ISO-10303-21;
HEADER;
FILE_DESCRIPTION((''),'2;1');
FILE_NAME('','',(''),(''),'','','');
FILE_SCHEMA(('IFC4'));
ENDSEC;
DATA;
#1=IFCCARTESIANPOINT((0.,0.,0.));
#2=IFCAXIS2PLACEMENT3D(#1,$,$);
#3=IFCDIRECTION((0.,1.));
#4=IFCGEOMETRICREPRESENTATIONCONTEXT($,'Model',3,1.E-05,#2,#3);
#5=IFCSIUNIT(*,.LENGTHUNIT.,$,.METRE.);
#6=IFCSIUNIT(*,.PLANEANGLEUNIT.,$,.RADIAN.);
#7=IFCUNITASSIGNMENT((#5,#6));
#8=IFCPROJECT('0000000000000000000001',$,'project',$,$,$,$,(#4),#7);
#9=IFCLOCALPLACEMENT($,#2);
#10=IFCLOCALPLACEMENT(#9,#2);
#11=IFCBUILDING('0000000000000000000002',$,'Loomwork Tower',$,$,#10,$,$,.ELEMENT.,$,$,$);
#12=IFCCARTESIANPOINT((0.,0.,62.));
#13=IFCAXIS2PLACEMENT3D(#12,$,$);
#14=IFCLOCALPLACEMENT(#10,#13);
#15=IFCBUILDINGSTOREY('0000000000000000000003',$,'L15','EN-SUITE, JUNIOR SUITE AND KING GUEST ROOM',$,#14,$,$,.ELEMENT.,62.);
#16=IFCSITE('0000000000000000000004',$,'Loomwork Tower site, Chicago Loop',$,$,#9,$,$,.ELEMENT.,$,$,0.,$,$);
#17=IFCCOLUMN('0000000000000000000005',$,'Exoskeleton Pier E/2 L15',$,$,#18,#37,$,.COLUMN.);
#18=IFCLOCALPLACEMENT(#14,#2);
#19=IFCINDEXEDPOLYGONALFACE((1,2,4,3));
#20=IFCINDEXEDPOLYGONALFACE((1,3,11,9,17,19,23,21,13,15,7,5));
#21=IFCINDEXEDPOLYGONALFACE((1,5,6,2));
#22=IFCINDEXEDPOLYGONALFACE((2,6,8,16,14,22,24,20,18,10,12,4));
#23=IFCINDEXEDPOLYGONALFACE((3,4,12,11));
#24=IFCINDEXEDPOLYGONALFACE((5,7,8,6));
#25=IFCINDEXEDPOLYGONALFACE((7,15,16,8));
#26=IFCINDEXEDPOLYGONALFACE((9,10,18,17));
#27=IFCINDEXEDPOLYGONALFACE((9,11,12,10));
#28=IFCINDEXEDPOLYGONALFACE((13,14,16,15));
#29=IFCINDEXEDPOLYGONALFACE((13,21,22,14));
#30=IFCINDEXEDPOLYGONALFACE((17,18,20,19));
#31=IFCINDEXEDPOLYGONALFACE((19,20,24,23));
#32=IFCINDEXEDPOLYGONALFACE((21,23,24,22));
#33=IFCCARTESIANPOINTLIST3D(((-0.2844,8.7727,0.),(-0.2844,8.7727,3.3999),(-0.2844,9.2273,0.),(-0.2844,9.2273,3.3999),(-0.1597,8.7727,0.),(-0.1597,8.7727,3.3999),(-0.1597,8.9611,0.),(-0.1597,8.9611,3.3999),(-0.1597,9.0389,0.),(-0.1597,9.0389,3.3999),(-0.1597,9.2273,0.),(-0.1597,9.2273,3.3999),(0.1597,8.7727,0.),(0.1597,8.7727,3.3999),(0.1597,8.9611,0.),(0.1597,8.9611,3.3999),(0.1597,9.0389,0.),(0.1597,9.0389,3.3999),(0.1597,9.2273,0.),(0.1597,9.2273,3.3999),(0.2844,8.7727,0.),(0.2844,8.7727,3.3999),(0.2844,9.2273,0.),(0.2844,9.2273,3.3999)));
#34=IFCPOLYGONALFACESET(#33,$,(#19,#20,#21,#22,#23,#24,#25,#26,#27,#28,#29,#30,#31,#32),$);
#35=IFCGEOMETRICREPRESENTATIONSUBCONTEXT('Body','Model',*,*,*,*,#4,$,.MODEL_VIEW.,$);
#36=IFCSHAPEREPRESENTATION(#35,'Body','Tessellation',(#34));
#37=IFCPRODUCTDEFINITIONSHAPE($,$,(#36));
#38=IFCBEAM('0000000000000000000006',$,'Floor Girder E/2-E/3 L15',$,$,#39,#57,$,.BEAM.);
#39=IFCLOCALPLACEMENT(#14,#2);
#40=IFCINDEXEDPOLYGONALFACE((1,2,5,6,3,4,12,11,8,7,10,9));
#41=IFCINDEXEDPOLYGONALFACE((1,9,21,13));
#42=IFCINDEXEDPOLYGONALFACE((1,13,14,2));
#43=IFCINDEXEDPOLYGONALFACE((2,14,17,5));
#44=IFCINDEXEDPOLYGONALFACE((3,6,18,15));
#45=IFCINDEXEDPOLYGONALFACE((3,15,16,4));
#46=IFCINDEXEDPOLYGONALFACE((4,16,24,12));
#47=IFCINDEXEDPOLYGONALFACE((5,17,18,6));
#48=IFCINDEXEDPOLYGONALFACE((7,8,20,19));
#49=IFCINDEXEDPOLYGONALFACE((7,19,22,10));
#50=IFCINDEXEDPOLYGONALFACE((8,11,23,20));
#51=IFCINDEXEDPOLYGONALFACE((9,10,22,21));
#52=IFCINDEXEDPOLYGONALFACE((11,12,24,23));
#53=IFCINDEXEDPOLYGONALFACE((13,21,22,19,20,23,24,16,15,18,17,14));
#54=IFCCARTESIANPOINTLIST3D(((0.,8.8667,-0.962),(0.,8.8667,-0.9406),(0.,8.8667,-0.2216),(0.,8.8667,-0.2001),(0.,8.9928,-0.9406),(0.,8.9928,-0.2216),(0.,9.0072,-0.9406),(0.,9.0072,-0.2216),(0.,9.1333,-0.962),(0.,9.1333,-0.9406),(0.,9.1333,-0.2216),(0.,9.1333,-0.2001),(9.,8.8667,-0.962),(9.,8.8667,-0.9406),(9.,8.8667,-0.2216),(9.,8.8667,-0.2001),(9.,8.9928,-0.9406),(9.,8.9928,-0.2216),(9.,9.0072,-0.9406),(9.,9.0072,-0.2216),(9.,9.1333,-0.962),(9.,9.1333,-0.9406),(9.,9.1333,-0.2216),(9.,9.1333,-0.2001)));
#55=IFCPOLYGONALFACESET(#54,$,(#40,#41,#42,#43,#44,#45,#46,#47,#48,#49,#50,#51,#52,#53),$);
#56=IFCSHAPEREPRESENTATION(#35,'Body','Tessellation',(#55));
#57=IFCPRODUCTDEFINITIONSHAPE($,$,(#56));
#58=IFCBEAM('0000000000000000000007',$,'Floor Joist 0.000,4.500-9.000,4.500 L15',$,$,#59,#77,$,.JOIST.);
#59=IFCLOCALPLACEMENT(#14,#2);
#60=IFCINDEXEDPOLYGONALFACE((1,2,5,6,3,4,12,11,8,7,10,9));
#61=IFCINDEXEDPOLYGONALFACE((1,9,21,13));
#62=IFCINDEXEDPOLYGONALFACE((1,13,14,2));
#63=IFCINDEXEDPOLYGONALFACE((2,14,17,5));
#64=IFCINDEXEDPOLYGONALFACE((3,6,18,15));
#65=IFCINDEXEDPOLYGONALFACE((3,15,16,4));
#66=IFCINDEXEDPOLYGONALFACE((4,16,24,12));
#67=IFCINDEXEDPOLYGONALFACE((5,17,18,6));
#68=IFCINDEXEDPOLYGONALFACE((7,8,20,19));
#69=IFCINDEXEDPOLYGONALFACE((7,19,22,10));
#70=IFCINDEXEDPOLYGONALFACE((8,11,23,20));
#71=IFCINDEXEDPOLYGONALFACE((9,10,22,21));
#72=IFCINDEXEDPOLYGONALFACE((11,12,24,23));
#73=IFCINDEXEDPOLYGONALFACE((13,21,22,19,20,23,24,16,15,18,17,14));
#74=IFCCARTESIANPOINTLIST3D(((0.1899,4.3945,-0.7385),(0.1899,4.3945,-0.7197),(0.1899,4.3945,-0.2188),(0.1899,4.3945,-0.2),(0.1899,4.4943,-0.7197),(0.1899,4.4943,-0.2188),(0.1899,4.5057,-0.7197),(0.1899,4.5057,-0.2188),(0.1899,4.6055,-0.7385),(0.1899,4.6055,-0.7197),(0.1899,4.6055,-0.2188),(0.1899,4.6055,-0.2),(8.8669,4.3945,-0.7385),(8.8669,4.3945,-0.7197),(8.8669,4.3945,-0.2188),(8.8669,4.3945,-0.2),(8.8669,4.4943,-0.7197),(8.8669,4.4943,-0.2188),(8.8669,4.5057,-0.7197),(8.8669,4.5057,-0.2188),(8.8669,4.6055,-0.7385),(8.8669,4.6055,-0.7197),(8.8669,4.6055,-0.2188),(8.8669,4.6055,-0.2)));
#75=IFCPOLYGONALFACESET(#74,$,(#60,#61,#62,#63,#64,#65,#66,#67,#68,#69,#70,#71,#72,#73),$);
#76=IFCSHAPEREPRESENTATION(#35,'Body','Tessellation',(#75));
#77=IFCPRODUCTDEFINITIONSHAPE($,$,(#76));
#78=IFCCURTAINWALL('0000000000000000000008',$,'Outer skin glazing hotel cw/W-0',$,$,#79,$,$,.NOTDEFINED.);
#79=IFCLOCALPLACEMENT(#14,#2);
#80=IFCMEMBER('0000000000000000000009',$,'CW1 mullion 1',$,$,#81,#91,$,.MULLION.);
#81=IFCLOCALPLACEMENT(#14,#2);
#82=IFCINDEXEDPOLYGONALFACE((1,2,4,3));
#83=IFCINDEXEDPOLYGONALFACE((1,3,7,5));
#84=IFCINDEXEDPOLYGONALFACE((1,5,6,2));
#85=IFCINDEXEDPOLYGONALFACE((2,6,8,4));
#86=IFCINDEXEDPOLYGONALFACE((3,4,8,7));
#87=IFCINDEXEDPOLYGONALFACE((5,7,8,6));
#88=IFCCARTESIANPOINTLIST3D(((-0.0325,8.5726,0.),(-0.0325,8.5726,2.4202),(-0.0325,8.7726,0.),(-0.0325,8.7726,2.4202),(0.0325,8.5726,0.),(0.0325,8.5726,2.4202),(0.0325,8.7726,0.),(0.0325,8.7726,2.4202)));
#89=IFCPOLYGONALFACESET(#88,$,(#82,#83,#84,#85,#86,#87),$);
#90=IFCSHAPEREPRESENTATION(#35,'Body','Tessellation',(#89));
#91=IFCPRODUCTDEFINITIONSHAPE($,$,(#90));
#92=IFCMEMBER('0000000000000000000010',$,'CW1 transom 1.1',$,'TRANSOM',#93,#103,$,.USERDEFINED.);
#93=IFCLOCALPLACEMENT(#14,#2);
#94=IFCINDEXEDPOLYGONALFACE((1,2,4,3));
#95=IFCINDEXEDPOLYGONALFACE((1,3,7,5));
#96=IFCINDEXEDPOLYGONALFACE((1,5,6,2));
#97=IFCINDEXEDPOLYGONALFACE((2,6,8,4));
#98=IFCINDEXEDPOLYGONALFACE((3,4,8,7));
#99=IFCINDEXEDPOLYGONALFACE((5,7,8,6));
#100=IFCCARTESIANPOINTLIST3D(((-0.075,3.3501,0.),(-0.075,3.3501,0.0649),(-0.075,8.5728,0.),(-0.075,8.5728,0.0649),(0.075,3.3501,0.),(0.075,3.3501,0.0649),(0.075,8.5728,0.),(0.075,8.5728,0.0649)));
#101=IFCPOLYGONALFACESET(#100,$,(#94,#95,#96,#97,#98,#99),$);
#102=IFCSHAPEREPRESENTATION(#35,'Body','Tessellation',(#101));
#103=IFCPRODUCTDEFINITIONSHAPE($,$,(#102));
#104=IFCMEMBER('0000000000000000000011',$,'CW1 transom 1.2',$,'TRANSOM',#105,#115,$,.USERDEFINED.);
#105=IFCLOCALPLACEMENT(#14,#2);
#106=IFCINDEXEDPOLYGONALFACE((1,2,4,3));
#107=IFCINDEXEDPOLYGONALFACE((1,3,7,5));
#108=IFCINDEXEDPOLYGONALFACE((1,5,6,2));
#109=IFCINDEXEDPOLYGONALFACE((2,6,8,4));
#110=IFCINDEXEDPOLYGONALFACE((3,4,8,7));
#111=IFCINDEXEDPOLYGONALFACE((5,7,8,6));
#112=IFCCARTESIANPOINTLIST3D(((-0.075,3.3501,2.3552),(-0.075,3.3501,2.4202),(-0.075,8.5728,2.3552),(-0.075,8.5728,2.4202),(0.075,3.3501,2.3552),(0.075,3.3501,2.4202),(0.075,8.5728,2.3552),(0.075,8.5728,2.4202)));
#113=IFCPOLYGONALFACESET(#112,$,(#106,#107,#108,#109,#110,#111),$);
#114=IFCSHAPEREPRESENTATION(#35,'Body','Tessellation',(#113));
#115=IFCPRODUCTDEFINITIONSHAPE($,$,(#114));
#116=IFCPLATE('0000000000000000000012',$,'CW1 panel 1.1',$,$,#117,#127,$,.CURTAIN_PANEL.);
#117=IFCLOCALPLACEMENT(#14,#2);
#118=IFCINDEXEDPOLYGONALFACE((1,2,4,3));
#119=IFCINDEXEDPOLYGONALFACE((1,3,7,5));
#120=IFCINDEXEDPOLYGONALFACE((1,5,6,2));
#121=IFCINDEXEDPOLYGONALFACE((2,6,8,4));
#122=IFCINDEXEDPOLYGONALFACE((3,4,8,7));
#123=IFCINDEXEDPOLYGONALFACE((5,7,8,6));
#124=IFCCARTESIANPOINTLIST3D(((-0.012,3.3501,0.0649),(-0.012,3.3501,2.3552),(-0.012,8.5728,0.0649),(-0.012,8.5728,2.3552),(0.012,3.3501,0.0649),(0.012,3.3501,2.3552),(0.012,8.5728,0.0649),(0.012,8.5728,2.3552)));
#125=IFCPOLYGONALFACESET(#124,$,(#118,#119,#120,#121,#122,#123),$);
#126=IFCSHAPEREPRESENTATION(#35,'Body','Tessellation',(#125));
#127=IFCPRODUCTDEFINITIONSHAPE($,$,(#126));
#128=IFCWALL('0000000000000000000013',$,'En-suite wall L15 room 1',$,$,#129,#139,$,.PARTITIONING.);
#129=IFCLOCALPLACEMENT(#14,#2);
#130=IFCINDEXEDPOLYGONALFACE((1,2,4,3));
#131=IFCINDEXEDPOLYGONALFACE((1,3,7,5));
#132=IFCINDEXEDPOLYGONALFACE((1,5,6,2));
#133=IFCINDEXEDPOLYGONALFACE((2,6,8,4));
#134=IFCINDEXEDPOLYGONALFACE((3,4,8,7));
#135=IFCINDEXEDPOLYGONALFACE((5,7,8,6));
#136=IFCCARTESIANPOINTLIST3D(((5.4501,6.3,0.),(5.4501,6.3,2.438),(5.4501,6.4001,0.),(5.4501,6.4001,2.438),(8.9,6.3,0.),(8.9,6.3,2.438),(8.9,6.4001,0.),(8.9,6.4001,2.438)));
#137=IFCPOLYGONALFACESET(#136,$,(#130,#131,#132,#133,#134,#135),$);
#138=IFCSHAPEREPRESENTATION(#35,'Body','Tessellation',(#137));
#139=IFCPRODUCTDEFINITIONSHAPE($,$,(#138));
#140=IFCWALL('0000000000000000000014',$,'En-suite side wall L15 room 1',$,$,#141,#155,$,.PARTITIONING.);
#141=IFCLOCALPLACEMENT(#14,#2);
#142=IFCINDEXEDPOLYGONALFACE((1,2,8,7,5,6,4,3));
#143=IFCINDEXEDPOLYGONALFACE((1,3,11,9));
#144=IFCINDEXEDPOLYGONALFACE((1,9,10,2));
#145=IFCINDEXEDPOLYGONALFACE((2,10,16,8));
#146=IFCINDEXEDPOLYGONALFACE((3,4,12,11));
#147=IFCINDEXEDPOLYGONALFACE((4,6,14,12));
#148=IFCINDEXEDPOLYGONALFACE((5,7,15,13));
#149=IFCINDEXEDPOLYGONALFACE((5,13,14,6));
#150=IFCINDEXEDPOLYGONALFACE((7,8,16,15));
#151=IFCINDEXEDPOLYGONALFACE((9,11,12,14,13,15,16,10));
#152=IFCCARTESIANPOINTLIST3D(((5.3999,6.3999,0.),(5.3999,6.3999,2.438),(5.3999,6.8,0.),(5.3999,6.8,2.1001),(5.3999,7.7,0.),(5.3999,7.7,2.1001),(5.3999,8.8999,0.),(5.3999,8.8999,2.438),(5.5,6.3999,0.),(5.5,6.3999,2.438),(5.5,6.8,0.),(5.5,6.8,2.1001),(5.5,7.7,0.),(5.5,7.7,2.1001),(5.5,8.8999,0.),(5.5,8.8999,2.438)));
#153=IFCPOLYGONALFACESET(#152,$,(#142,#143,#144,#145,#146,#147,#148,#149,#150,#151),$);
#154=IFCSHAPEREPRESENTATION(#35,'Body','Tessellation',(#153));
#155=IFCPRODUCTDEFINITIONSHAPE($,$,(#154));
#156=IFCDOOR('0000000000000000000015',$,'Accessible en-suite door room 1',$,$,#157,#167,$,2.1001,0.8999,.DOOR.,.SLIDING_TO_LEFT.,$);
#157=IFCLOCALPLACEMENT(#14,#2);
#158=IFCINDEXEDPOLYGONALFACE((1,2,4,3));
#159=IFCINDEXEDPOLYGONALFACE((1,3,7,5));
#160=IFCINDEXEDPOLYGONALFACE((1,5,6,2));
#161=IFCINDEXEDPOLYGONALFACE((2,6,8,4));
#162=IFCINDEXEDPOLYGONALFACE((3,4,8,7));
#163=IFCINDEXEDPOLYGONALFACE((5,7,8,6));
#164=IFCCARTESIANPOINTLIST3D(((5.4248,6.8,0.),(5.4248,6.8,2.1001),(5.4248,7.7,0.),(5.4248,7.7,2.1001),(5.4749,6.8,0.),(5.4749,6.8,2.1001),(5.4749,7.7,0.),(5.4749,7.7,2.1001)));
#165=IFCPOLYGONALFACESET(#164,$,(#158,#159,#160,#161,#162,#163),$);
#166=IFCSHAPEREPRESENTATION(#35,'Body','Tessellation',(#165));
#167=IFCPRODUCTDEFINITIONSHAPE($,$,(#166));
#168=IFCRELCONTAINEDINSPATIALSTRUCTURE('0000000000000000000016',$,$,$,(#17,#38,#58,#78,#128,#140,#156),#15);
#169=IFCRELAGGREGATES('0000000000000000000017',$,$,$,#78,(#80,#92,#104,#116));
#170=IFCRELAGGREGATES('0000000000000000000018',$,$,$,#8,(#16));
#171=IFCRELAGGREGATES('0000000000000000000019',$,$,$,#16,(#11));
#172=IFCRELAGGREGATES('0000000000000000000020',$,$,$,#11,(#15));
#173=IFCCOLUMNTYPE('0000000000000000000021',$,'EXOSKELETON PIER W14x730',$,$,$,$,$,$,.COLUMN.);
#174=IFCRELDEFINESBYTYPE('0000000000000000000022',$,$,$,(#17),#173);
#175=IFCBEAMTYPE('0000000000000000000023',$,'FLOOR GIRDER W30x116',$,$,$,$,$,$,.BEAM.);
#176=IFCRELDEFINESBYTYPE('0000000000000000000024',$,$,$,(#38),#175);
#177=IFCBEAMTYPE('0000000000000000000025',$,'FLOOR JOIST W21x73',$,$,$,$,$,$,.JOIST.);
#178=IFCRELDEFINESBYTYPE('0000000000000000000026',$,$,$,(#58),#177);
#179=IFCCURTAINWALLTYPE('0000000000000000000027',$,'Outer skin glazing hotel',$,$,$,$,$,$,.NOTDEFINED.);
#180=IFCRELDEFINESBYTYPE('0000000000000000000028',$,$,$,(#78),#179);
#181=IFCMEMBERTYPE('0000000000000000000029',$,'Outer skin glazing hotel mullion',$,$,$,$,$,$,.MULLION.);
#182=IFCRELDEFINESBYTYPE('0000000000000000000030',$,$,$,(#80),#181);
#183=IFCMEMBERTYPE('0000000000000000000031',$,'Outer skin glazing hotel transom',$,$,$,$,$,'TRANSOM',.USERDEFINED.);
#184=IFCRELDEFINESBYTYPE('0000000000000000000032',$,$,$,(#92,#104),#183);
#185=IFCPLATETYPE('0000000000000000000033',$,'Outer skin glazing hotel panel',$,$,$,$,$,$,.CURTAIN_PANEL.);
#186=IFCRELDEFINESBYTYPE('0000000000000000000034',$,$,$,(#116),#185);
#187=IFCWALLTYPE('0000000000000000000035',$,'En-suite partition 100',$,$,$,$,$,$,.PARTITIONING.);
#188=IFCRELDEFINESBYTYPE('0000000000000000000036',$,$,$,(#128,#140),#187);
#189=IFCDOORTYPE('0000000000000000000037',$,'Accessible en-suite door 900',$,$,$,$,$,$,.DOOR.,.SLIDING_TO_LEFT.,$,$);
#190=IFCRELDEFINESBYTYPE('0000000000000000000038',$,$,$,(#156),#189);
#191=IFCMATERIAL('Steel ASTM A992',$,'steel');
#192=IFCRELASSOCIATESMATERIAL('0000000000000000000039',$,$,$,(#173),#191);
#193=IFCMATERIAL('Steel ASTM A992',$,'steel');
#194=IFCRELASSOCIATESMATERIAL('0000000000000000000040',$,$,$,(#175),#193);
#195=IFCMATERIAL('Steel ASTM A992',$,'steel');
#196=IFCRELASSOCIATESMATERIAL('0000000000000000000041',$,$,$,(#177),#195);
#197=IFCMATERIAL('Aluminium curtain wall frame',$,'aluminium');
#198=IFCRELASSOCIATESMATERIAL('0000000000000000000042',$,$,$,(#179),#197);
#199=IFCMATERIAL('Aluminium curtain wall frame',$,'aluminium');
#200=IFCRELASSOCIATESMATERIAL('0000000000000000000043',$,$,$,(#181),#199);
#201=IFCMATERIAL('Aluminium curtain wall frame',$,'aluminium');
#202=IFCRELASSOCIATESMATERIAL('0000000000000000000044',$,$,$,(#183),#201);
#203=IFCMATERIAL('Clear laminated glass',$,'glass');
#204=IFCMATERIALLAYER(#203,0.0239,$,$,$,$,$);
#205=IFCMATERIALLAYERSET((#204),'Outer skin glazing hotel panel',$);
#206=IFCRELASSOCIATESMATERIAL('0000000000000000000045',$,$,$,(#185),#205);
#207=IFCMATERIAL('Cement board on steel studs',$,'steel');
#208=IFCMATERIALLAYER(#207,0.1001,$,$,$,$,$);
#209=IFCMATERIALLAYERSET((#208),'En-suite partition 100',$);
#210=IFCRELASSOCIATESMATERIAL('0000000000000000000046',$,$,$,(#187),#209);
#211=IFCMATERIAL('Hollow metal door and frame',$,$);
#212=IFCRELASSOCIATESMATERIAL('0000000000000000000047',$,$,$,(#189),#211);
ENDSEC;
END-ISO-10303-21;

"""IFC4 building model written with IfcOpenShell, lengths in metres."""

from ifc_helpers import new_model, si_unit, direction, frame, frame_2d, origin, origin_2d, place, context, subcontext, project, spatial, rectangle, i_section, extrude, material, layer, layer_set, material_profile, profile_set, type_object, element, fill, aggregate, save


model = new_model("IFC4")

# Units and contexts
model_context = context("Model", 3, precision=1e-05, world=origin(), true_north=direction((0.0, 1.0)))
body_context = subcontext(model_context, "Body", "Model", "MODEL_VIEW")
ifc_project = project(units=[si_unit("LENGTHUNIT", "METRE"), si_unit("PLANEANGLEUNIT", "RADIAN")], contexts=[model_context])

# Site, building, storey
site_placement = place(None, origin())
site = spatial("IfcSite", under=ifc_project, at=site_placement, Name="Loomwork Tower site, Chicago Loop", CompositionType="ELEMENT", RefElevation=0.0)
building_placement = place(site_placement, origin())
building = spatial("IfcBuilding", under=site, at=building_placement, Name="Loomwork Tower", CompositionType="ELEMENT")
storey_placement = place(building_placement, frame((0.0, 0.0, 62.0)))
storey = spatial("IfcBuildingStorey", under=building, at=storey_placement, Name="L15", Description="EN-SUITE, JUNIOR SUITE AND KING GUEST ROOM", CompositionType="ELEMENT", Elevation=62.0)

# Column
ifc_material_1 = material(Name="Steel ASTM A992", Category="steel")
ifc_material_profile_1 = material_profile(ifc_material_1, i_section(OverallWidth=0.4546, OverallDepth=0.5688, WebThickness=0.0779, FlangeThickness=0.1248, at=origin_2d()), Name="W14x730")
ifc_profile_set_1 = profile_set([ifc_material_profile_1], Name="Steel ASTM A992")
column_type = type_object("IfcColumnType", Name="EXOSKELETON PIER W14x730", PredefinedType="COLUMN", material=ifc_profile_set_1)
column_placement = place(storey_placement, frame((0.0, 9.0, 0.0), z_axis=(0.0, 0.0, 1.0), x_axis=(0.0, 1.0, 0.0)))
element("IfcColumn", 1, at=column_placement, inside=storey, type_object=column_type, Name="Exoskeleton Pier E/2 L15", PredefinedType="COLUMN", context=body_context, shape_type="SweptSolid", body=[
    extrude(i_section(OverallWidth=0.4546, OverallDepth=0.5688, WebThickness=0.0779, FlangeThickness=0.1248, at=origin_2d()), origin(), (0.0, 0.0, 1.0), 3.3999),
])

# Beams
ifc_material_2 = material(Name="Steel ASTM A992", Category="steel")
ifc_material_profile_2 = material_profile(ifc_material_2, i_section(OverallWidth=0.2666, OverallDepth=0.762, WebThickness=0.0144, FlangeThickness=0.0215, at=origin_2d()), Name="W30x116")
ifc_profile_set_2 = profile_set([ifc_material_profile_2], Name="Steel ASTM A992")
beam_type_1 = type_object("IfcBeamType", Name="FLOOR GIRDER W30x116", PredefinedType="BEAM", material=ifc_profile_set_2)
beam_1_placement = place(storey_placement, frame((0.0, 9.0, -0.5811), z_axis=(1.0, 0.0, 0.0), x_axis=(0.0, 1.0, 0.0)))
element("IfcBeam", 2, at=beam_1_placement, inside=storey, type_object=beam_type_1, Name="Floor Girder E/2-E/3 L15", PredefinedType="BEAM", context=body_context, shape_type="SweptSolid", body=[
    extrude(i_section(OverallWidth=0.2666, OverallDepth=0.762, WebThickness=0.0144, FlangeThickness=0.0215, at=origin_2d()), origin(), (0.0, 0.0, 1.0), 9.0),
])
ifc_material_3 = material(Name="Steel ASTM A992", Category="steel")
ifc_material_profile_3 = material_profile(ifc_material_3, i_section(OverallWidth=0.2109, OverallDepth=0.5386, WebThickness=0.0115, FlangeThickness=0.0188, at=origin_2d()), Name="W21x73")
ifc_profile_set_3 = profile_set([ifc_material_profile_3], Name="Steel ASTM A992")
beam_type_2 = type_object("IfcBeamType", Name="FLOOR JOIST W21x73", PredefinedType="JOIST", material=ifc_profile_set_3)
beam_2_placement = place(storey_placement, frame((0.1899, 4.5, -0.4692), z_axis=(1.0, 0.0, 0.0), x_axis=(0.0, 1.0, 0.0)))
element("IfcBeam", 3, at=beam_2_placement, inside=storey, type_object=beam_type_2, Name="Floor Joist 0.000,4.500-9.000,4.500 L15", PredefinedType="JOIST", context=body_context, shape_type="SweptSolid", body=[
    extrude(i_section(OverallWidth=0.2109, OverallDepth=0.5386, WebThickness=0.0115, FlangeThickness=0.0188, at=origin_2d()), origin(), (0.0, 0.0, 1.0), 8.677),
])

# Curtain wall, members, plate
ifc_material_4 = material(Name="Aluminium curtain wall frame", Category="aluminium")
curtain_wall_type = type_object("IfcCurtainWallType", Name="Outer skin glazing hotel", PredefinedType="NOTDEFINED", material=ifc_material_4)
curtain_wall_placement = place(storey_placement, origin())
curtain_wall = element("IfcCurtainWall", 4, at=curtain_wall_placement, inside=storey, type_object=curtain_wall_type, Name="Outer skin glazing hotel cw/W-0", PredefinedType="NOTDEFINED")
ifc_material_5 = material(Name="Aluminium curtain wall frame", Category="aluminium")
ifc_material_profile_4 = material_profile(ifc_material_5, rectangle(XDim=0.0649, YDim=0.2, at=origin_2d()), Name="AL 65x200")
ifc_profile_set_4 = profile_set([ifc_material_profile_4], Name="Aluminium curtain wall frame")
member_type_1 = type_object("IfcMemberType", Name="Outer skin glazing hotel mullion", PredefinedType="MULLION", material=ifc_profile_set_4)
member_1_placement = place(storey_placement, frame((0.0, 8.6726, 0.0), z_axis=(0.0, 0.0, 1.0), x_axis=(1.0, 0.0, 0.0)))
member_1 = element("IfcMember", 5, at=member_1_placement, type_object=member_type_1, Name="CW1 mullion 1", PredefinedType="MULLION", context=body_context, shape_type="SweptSolid", body=[
    extrude(rectangle(XDim=0.0649, YDim=0.2, at=origin_2d()), origin(), (0.0, 0.0, 1.0), 2.4202),
])
ifc_material_6 = material(Name="Aluminium curtain wall frame", Category="aluminium")
ifc_material_profile_5 = material_profile(ifc_material_6, rectangle(XDim=0.1499, YDim=0.0649, at=origin_2d()), Name="AL 65x150")
ifc_profile_set_5 = profile_set([ifc_material_profile_5], Name="Aluminium curtain wall frame")
member_type_2 = type_object("IfcMemberType", Name="Outer skin glazing hotel transom", ElementType="TRANSOM", PredefinedType="USERDEFINED", material=ifc_profile_set_5)
member_2_placement = place(storey_placement, frame((0.0, 8.5728, 0.0325), z_axis=(0.0, -1.0, 0.0), x_axis=(1.0, 0.0, 0.0)))
member_2 = element("IfcMember", 6, at=member_2_placement, type_object=member_type_2, Name="CW1 transom 1.1", ObjectType="TRANSOM", PredefinedType="USERDEFINED", context=body_context, shape_type="SweptSolid", body=[
    extrude(rectangle(XDim=0.1499, YDim=0.0649, at=origin_2d()), origin(), (0.0, 0.0, 1.0), 5.2227),
])
member_3_placement = place(storey_placement, frame((0.0, 8.5728, 2.3877), z_axis=(0.0, -1.0, 0.0), x_axis=(1.0, 0.0, 0.0)))
member_3 = element("IfcMember", 7, at=member_3_placement, type_object=member_type_2, Name="CW1 transom 1.2", ObjectType="TRANSOM", PredefinedType="USERDEFINED", context=body_context, shape_type="SweptSolid", body=[
    extrude(rectangle(XDim=0.1499, YDim=0.0649, at=origin_2d()), origin(), (0.0, 0.0, 1.0), 5.2227),
])
ifc_material_7 = material(Name="Clear laminated glass", Category="glass")
ifc_layer_1 = layer(ifc_material_7, 0.0239)
ifc_layer_set_1 = layer_set([ifc_layer_1], Name="Outer skin glazing hotel panel")
plate_type = type_object("IfcPlateType", Name="Outer skin glazing hotel panel", PredefinedType="CURTAIN_PANEL", material=ifc_layer_set_1)
plate_placement = place(storey_placement, frame((0.0, 5.9614, 0.0649), z_axis=(0.0, 0.0, 1.0), x_axis=(0.0, -1.0, 0.0)))
plate = element("IfcPlate", 8, at=plate_placement, type_object=plate_type, Name="CW1 panel 1.1", PredefinedType="CURTAIN_PANEL", context=body_context, shape_type="SweptSolid", body=[
    extrude(rectangle(XDim=5.2227, YDim=0.0239, at=origin_2d()), origin(), (0.0, 0.0, 1.0), 2.2903),
])
aggregate(curtain_wall, [member_1, member_2, member_3, plate])

# Wall
ifc_material_8 = material(Name="Cement board on steel studs", Category="steel")
ifc_layer_2 = layer(ifc_material_8, 0.1001)
ifc_layer_set_2 = layer_set([ifc_layer_2], Name="En-suite partition 100")
wall_type_1 = type_object("IfcWallType", Name="En-suite partition 100", PredefinedType="PARTITIONING", material=ifc_layer_set_2)
wall_1_placement = place(storey_placement, frame((5.45, 6.3501, 0.0), z_axis=(0.0, 0.0, 1.0), x_axis=(1.0, 0.0, 0.0)))
element("IfcWall", 9, at=wall_1_placement, inside=storey, type_object=wall_type_1, Name="En-suite wall L15 room 1", PredefinedType="PARTITIONING", context=body_context, shape_type="SweptSolid", body=[
    extrude(rectangle(XDim=3.45, YDim=0.1001, at=frame_2d((1.7251, 0.0))), origin(), (0.0, 0.0, 1.0), 2.438),
])

# Wall, opening, door
wall_2_placement = place(storey_placement, frame((5.45, 8.8999, 0.0), z_axis=(0.0, 0.0, 1.0), x_axis=(0.0, -1.0, 0.0)))
wall_2 = element("IfcWall", 10, at=wall_2_placement, inside=storey, type_object=wall_type_1, Name="En-suite side wall L15 room 1", PredefinedType="PARTITIONING", context=body_context, shape_type="SweptSolid", body=[
    extrude(rectangle(XDim=2.5, YDim=0.1001, at=frame_2d((1.25, 0.0))), origin(), (0.0, 0.0, 1.0), 2.438),
])
opening_placement = place(wall_2_placement, frame((1.2, 0.0, 0.0)))
opening = element("IfcOpeningElement", 11, at=opening_placement, cuts=wall_2, PredefinedType="OPENING", context=body_context, shape_type="SweptSolid", body=[
    extrude(rectangle(XDim=0.8999, YDim=2.1001, at=frame_2d((0.45, 1.05))), frame((0.0, 0.0601, 0.0), z_axis=(0.0, -1.0, 0.0), x_axis=(1.0, 0.0, 0.0)), (0.0, 0.0, 1.0), 0.1201),
])
ifc_material_9 = material(Name="Hollow metal door and frame")
door_type = type_object("IfcDoorType", Name="Accessible en-suite door 900", OperationType="SLIDING_TO_LEFT", PredefinedType="DOOR", material=ifc_material_9)
door_placement = place(opening_placement, origin())
door = element("IfcDoor", 12, at=door_placement, inside=storey, type_object=door_type, Name="Accessible en-suite door room 1", OperationType="SLIDING_TO_LEFT", OverallHeight=2.1001, OverallWidth=0.8999, PredefinedType="DOOR", context=body_context, shape_type="SweptSolid", body=[
    extrude(rectangle(XDim=0.8999, YDim=2.1001, at=frame_2d((0.45, 1.05))), frame((0.0, 0.0249, 0.0), z_axis=(0.0, -1.0, 0.0), x_axis=(1.0, 0.0, 0.0)), (0.0, 0.0, 1.0), 0.05),
])
fill(opening, door)

save(model, "model.ifc")
